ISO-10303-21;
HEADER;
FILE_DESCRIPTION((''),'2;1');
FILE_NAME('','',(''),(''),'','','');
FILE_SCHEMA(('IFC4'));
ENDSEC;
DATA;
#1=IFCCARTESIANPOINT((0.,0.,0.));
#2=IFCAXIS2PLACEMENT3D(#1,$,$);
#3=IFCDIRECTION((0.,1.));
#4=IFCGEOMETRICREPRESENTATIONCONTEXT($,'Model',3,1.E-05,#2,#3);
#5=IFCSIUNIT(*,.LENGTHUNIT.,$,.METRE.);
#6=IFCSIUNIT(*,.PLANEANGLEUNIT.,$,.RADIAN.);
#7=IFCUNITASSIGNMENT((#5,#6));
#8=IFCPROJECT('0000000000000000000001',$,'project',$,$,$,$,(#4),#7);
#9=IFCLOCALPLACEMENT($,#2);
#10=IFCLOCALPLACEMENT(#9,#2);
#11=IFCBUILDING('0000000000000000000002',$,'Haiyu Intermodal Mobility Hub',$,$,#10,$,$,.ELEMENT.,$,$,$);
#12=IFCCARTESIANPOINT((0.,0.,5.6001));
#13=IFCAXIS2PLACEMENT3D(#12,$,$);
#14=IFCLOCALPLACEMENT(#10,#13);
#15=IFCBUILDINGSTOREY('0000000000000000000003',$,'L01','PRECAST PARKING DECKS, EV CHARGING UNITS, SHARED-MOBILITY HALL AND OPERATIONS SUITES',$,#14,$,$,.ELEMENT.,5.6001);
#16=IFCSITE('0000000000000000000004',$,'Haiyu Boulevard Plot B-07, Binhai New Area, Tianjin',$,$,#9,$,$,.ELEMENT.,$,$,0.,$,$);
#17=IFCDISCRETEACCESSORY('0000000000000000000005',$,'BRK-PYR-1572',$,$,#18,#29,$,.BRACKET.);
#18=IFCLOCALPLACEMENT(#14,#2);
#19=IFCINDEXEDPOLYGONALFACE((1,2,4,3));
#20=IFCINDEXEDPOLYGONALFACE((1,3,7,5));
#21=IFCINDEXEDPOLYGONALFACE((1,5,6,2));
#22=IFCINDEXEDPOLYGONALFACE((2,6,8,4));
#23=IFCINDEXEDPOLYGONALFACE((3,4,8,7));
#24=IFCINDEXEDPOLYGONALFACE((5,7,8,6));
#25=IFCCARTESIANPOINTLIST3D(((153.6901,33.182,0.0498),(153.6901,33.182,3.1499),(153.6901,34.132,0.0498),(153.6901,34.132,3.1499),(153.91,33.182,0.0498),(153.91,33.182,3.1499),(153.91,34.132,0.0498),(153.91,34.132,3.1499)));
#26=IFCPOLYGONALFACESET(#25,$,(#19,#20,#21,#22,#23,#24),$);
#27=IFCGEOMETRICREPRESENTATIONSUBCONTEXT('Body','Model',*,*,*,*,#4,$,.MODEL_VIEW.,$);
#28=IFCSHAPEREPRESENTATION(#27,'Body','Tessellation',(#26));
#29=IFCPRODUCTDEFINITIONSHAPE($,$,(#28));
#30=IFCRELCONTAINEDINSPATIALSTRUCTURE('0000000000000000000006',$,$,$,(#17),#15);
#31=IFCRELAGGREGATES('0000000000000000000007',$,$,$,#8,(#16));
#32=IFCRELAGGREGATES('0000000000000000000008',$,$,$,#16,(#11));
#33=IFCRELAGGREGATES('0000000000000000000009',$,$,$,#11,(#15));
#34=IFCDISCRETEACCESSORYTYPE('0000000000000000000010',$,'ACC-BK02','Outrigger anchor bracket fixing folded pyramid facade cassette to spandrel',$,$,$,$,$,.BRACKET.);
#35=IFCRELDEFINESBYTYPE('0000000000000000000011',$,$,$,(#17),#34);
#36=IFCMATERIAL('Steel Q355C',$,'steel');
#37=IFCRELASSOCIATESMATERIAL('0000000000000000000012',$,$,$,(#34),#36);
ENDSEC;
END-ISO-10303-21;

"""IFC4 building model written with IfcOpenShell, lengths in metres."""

from ifc_helpers import new_model, si_unit, direction, frame, origin, origin_2d, place, context, subcontext, project, spatial, rectangle, extrude, material, type_object, element, save


model = new_model("IFC4")

# Units and contexts
model_context = context("Model", 3, precision=1e-05, world=origin(), true_north=direction((0.0, 1.0)))
body_context = subcontext(model_context, "Body", "Model", "MODEL_VIEW")
ifc_project = project(units=[si_unit("LENGTHUNIT", "METRE"), si_unit("PLANEANGLEUNIT", "RADIAN")], contexts=[model_context])

# Site, building, storey
site_placement = place(None, origin())
site = spatial("IfcSite", under=ifc_project, at=site_placement, Name="Haiyu Boulevard Plot B-07, Binhai New Area, Tianjin", CompositionType="ELEMENT", RefElevation=0.0)
building_placement = place(site_placement, origin())
building = spatial("IfcBuilding", under=site, at=building_placement, Name="Haiyu Intermodal Mobility Hub", CompositionType="ELEMENT")
storey_placement = place(building_placement, frame((0.0, 0.0, 5.6001)))
storey = spatial("IfcBuildingStorey", under=building, at=storey_placement, Name="L01", Description="PRECAST PARKING DECKS, EV CHARGING UNITS, SHARED-MOBILITY HALL AND OPERATIONS SUITES", CompositionType="ELEMENT", Elevation=5.6001)

# Shared definitions
ifc_material_1 = material(Name="Steel Q355C", Category="steel")

# Discrete accessory
discrete_accessory_type = type_object("IfcDiscreteAccessoryType", Name="ACC-BK02", Description="Outrigger anchor bracket fixing folded pyramid facade cassette to spandrel", PredefinedType="BRACKET", material=ifc_material_1)
for number, where, z_axis, x_axis, name in (
    (1, (153.8, 33.657, 0.0498), (0.0, 0.0, 1.0), (1.0, 0.0, 0.0), "BRK-PYR-1572"),
):
    element("IfcDiscreteAccessory", number, at=place(storey_placement, frame(where, z_axis=z_axis, x_axis=x_axis)), inside=storey, type_object=discrete_accessory_type, Name=name, PredefinedType="BRACKET", context=body_context, shape_type="SweptSolid", body=[
        extrude(rectangle(XDim=0.22, YDim=0.95, at=origin_2d()), origin(), (0.0, 0.0, 1.0), 3.1001),
    ])

save(model, "model.ifc")
